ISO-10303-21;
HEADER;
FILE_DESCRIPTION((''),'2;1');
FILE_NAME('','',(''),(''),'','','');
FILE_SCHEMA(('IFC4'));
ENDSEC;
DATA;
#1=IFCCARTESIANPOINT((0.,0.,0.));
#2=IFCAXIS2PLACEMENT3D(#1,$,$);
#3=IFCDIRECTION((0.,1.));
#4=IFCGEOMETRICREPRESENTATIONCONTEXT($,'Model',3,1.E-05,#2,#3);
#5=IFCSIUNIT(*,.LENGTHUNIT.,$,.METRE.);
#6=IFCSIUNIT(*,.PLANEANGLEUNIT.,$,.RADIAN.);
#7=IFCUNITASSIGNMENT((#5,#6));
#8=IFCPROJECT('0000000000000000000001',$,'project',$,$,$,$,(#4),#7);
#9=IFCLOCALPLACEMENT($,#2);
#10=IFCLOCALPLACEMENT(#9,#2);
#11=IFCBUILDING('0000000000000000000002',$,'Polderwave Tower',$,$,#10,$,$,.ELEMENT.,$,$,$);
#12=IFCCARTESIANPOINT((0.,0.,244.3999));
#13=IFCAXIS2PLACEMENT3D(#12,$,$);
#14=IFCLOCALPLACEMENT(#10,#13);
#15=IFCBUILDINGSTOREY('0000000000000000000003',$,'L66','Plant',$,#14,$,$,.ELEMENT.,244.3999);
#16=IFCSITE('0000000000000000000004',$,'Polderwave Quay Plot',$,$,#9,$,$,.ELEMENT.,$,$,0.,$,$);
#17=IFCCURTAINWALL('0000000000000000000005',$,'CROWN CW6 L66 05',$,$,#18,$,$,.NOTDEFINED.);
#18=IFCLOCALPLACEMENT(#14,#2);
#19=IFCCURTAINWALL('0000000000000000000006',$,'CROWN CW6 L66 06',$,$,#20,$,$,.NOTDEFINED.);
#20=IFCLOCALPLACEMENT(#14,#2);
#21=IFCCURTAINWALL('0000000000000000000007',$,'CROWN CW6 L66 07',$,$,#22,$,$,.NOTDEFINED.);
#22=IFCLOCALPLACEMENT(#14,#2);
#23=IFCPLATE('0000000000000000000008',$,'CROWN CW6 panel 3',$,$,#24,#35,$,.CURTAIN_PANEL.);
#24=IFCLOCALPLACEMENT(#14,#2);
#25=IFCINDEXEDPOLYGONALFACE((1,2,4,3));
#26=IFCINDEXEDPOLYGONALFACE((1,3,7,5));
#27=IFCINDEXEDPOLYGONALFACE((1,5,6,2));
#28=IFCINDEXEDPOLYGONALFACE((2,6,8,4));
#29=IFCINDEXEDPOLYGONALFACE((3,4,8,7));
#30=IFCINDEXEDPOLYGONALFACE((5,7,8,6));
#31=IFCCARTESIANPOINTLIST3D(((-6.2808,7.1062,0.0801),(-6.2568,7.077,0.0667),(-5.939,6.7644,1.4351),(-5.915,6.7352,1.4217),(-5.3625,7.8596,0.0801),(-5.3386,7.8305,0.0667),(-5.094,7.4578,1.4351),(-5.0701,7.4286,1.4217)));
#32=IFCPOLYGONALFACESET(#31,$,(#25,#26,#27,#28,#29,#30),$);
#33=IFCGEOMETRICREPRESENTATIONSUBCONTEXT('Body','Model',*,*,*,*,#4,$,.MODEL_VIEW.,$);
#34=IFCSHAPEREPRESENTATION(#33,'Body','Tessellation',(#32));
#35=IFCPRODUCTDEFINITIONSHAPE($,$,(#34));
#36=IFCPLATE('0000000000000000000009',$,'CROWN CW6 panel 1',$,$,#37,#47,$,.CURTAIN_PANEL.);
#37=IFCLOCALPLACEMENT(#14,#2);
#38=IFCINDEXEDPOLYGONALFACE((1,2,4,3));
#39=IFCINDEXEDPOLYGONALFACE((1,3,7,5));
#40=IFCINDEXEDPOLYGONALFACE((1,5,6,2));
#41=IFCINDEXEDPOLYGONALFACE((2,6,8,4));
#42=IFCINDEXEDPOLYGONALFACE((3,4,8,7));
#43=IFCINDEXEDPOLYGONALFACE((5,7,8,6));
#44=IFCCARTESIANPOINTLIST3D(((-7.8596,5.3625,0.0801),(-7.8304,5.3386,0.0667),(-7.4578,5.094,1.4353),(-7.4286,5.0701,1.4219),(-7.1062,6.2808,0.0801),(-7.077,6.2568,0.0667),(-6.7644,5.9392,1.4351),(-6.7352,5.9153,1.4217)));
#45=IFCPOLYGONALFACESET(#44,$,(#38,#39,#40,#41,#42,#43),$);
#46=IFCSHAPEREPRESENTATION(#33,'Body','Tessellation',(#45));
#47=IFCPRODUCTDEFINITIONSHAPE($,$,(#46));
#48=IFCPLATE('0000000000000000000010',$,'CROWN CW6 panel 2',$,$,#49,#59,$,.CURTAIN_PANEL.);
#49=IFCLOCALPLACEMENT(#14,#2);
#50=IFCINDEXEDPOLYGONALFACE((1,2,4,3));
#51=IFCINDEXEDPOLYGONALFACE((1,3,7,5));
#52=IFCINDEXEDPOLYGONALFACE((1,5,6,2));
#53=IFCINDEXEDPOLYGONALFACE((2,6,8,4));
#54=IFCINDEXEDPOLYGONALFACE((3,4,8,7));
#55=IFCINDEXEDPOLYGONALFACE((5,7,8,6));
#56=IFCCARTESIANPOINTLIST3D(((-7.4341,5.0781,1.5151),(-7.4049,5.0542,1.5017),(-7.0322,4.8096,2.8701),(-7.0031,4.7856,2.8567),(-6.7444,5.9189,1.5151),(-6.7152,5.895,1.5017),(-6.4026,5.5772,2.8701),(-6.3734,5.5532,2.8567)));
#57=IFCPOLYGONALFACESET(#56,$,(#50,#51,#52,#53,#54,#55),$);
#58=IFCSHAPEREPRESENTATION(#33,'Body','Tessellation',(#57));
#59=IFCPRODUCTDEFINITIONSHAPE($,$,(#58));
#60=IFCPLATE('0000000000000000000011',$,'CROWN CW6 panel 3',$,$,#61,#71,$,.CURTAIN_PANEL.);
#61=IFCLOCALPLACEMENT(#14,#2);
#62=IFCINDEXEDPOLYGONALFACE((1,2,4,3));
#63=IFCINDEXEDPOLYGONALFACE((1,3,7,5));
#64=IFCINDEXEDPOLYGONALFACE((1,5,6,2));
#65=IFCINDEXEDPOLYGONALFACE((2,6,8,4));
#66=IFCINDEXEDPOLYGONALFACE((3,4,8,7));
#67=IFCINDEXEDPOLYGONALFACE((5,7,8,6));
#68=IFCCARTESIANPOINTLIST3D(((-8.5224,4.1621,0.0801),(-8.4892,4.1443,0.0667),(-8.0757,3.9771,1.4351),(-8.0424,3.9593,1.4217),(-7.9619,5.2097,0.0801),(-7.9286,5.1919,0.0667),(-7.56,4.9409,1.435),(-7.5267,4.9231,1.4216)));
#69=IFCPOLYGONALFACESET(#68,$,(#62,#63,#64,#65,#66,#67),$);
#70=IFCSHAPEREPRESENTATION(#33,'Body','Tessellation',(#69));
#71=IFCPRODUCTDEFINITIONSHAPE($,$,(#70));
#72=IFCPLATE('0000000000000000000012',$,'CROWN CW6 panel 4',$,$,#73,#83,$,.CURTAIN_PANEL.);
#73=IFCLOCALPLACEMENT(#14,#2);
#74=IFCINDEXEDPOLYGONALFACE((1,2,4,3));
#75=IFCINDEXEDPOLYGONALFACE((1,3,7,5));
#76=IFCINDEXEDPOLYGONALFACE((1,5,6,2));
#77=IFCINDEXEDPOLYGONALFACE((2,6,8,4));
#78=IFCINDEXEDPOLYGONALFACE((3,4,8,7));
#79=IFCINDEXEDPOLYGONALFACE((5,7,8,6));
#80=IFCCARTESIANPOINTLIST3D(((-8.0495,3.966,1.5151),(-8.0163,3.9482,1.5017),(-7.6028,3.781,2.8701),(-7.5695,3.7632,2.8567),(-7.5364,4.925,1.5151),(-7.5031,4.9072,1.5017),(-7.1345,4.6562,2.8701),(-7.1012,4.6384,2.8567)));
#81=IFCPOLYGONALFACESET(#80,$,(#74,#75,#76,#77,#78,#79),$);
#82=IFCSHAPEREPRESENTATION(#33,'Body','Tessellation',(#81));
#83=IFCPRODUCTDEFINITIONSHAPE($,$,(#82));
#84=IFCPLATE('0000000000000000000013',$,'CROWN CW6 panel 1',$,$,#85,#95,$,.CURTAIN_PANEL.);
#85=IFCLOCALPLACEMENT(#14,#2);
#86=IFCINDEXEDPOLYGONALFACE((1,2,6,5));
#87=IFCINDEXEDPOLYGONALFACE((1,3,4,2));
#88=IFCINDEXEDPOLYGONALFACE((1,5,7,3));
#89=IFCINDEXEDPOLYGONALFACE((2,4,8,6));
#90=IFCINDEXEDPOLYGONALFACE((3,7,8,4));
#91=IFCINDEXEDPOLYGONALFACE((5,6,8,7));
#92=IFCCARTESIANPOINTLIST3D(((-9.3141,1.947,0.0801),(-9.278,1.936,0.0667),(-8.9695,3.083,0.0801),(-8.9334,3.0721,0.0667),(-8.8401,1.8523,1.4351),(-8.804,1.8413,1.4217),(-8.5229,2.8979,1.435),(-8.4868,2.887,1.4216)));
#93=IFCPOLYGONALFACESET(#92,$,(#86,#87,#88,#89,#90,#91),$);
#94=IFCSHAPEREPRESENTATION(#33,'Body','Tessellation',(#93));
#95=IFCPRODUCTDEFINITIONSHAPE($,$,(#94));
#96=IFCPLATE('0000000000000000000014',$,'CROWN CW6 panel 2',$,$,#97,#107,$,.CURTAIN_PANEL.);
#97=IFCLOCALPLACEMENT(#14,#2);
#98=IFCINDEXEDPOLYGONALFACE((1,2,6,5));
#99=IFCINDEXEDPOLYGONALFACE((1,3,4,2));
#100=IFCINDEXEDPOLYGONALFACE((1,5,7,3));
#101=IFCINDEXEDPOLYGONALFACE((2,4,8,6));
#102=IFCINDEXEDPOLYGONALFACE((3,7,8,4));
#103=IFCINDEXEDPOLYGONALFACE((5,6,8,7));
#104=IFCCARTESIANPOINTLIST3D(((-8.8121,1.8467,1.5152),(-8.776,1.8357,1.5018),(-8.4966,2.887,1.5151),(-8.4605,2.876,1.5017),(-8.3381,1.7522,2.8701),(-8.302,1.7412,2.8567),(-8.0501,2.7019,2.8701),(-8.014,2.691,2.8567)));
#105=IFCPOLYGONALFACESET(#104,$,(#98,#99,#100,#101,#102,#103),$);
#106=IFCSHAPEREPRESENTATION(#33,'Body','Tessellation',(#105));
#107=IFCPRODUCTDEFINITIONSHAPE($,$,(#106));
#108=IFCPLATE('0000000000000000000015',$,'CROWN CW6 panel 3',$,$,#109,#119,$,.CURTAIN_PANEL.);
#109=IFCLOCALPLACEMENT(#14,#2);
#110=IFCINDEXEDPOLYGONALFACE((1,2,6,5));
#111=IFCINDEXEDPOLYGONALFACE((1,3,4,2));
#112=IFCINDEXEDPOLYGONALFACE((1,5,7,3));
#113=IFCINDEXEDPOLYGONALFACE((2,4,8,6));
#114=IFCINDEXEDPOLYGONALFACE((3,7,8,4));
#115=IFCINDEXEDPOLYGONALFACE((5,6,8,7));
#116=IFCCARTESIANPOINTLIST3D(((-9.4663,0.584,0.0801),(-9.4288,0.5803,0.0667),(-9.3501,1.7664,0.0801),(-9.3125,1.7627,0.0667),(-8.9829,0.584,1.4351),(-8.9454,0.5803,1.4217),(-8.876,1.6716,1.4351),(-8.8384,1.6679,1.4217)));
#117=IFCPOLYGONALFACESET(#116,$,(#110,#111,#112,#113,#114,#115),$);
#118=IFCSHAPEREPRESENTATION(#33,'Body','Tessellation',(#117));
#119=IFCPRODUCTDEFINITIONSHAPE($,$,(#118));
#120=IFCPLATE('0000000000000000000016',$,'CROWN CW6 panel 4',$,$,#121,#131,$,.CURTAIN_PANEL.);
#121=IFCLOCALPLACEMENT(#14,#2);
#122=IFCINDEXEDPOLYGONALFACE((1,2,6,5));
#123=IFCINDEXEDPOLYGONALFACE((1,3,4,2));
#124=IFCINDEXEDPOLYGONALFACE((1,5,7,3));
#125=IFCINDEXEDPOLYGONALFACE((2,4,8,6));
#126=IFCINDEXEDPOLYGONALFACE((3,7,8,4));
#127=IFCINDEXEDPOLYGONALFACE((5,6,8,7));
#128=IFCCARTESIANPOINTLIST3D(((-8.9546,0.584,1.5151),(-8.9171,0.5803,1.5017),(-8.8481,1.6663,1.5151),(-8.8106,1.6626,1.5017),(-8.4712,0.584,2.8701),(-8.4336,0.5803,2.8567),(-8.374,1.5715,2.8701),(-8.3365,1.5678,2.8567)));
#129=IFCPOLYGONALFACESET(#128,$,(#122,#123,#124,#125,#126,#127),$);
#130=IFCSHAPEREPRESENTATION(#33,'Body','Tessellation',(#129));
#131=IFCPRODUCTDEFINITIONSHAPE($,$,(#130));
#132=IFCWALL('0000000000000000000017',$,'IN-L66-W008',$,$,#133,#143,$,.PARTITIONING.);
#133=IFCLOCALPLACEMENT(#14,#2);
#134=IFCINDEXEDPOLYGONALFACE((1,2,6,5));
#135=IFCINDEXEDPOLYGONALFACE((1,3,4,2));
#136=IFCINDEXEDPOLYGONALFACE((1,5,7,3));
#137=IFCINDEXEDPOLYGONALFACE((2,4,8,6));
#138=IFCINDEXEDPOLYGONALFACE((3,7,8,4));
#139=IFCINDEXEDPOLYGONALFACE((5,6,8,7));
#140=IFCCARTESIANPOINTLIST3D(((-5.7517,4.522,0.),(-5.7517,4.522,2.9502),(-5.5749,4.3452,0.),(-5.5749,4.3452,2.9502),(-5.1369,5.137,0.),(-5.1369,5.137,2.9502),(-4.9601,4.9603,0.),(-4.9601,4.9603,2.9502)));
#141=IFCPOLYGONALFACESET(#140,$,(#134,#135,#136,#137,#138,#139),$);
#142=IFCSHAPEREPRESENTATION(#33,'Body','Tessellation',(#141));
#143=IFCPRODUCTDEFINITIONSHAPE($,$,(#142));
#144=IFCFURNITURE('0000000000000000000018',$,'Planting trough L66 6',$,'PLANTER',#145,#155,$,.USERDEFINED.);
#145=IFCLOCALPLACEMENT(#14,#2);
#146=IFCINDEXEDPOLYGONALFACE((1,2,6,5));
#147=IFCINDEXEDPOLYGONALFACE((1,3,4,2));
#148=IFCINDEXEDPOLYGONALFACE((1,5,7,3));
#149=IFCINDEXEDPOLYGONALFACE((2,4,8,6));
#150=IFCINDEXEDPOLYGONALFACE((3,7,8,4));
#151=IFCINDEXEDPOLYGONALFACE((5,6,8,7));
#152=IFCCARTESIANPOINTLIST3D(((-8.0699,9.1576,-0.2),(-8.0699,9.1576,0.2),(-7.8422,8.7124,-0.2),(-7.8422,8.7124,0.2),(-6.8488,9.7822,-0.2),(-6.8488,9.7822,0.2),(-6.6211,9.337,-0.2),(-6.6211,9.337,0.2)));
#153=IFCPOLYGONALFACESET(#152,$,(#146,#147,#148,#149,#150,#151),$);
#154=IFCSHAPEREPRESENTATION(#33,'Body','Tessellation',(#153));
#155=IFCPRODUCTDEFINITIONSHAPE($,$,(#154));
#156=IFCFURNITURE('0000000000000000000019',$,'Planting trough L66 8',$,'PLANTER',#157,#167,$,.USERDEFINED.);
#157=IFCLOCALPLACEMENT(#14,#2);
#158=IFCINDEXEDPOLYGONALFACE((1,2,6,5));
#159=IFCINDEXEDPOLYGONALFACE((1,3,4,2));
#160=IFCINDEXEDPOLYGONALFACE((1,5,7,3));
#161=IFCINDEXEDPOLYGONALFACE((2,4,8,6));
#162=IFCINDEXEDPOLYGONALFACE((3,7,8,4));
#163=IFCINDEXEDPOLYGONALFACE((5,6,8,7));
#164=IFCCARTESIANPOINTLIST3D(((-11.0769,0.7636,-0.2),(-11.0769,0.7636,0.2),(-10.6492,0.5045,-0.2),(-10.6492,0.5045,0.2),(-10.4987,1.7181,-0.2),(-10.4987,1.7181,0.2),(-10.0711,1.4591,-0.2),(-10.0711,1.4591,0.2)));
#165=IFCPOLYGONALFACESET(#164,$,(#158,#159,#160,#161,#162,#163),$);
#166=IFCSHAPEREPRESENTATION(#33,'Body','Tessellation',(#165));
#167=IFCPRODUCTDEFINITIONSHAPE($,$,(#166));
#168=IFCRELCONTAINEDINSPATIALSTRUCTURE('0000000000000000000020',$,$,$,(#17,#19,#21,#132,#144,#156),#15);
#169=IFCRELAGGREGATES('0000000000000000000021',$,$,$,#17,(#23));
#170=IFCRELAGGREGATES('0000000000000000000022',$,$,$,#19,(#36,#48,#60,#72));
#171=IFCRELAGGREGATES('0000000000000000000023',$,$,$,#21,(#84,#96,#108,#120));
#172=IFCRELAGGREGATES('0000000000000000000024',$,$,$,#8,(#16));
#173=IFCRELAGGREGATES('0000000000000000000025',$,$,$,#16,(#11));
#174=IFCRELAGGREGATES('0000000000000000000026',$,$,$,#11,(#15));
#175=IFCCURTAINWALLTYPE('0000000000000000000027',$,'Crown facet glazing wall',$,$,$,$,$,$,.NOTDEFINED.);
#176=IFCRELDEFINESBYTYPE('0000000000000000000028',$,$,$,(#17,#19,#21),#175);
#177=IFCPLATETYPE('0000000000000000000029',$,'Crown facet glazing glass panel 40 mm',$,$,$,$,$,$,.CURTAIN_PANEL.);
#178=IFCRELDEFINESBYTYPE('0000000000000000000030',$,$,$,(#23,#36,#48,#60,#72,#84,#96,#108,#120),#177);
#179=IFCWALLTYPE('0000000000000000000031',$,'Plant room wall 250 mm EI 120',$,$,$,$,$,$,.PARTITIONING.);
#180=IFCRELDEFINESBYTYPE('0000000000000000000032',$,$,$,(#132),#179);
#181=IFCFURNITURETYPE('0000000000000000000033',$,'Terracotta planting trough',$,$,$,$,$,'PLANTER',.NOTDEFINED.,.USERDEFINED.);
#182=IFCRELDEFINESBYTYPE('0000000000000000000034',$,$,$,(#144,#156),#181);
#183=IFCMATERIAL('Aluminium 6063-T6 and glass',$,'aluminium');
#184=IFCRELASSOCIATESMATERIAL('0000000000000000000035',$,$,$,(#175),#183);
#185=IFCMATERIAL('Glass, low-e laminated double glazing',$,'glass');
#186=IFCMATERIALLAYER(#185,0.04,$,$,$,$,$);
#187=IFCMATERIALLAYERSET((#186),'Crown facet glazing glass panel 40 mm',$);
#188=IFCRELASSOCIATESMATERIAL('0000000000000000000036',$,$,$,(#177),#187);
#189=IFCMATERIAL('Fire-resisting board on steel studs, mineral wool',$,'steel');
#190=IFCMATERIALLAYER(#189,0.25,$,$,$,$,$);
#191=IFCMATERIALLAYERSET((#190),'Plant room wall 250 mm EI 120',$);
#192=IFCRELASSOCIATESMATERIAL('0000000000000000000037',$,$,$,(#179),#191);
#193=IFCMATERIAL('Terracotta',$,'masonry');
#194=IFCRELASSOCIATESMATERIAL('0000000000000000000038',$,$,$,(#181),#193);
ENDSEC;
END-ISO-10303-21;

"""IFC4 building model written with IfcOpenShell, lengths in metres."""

from ifc_helpers import new_model, si_unit, direction, frame, frame_2d, origin, origin_2d, place, context, subcontext, project, spatial, polyline, rectangle, outline, extrude, material, layer, layer_set, type_object, element, aggregate, save


model = new_model("IFC4")

# Units and contexts
model_context = context("Model", 3, precision=1e-05, world=origin(), true_north=direction((0.0, 1.0)))
body_context = subcontext(model_context, "Body", "Model", "MODEL_VIEW")
ifc_project = project(units=[si_unit("LENGTHUNIT", "METRE"), si_unit("PLANEANGLEUNIT", "RADIAN")], contexts=[model_context])

# Site, building, storey
site_placement = place(None, origin())
site = spatial("IfcSite", under=ifc_project, at=site_placement, Name="Polderwave Quay Plot", CompositionType="ELEMENT", RefElevation=0.0)
building_placement = place(site_placement, origin())
building = spatial("IfcBuilding", under=site, at=building_placement, Name="Polderwave Tower", CompositionType="ELEMENT")
storey_placement = place(building_placement, frame((0.0, 0.0, 244.3999)))
storey = spatial("IfcBuildingStorey", under=building, at=storey_placement, Name="L66", Description="Plant", CompositionType="ELEMENT", Elevation=244.3999)

# Curtain walls
ifc_material_1 = material(Name="Aluminium 6063-T6 and glass", Category="aluminium")
curtain_wall_type = type_object("IfcCurtainWallType", Name="Crown facet glazing wall", PredefinedType="NOTDEFINED", material=ifc_material_1)
curtain_wall_1_placement = place(storey_placement, origin())
curtain_wall_1 = element("IfcCurtainWall", 1, at=curtain_wall_1_placement, inside=storey, type_object=curtain_wall_type, Name="CROWN CW6 L66 05", PredefinedType="NOTDEFINED")
curtain_wall_2_placement = place(storey_placement, origin())
curtain_wall_2 = element("IfcCurtainWall", 2, at=curtain_wall_2_placement, inside=storey, type_object=curtain_wall_type, Name="CROWN CW6 L66 06", PredefinedType="NOTDEFINED")
curtain_wall_3_placement = place(storey_placement, origin())
curtain_wall_3 = element("IfcCurtainWall", 3, at=curtain_wall_3_placement, inside=storey, type_object=curtain_wall_type, Name="CROWN CW6 L66 07", PredefinedType="NOTDEFINED")

# Plates
ifc_material_2 = material(Name="Glass, low-e laminated double glazing", Category="glass")
ifc_layer_1 = layer(ifc_material_2, 0.04)
ifc_layer_set_1 = layer_set([ifc_layer_1], Name="Crown facet glazing glass panel 40 mm")
plate_type = type_object("IfcPlateType", Name="Crown facet glazing glass panel 40 mm", PredefinedType="CURTAIN_PANEL", material=ifc_layer_set_1)
plate_1_placement = place(storey_placement, frame((-5.3625, 7.8596, 0.0801), z_axis=(-0.597781, 0.728515, 0.33455), x_axis=(-0.773061, -0.634332, -0.000004)))
plate_1 = element("IfcPlate", 4, at=plate_1_placement, type_object=plate_type, Name="CROWN CW6 panel 3", PredefinedType="CURTAIN_PANEL", context=body_context, shape_type="SweptSolid", body=[
    extrude(outline(polyline([(0.0, 0.0), (1.1878, 0.0), (1.1403, 1.4378), (0.0473, 1.4378), (0.0, 0.0)])), origin(), (0.0, 0.0, -1.0), 0.04),
])
aggregate(curtain_wall_1, [plate_1])
plate_2_placement = place(storey_placement, frame((-7.1062, 6.2808, 0.0801), z_axis=(-0.728553, 0.597776, 0.334476), x_axis=(-0.634311, -0.773078, -0.000005)))
plate_2 = element("IfcPlate", 5, at=plate_2_placement, type_object=plate_type, Name="CROWN CW6 panel 1", PredefinedType="CURTAIN_PANEL", context=body_context, shape_type="SweptSolid", body=[
    extrude(outline(polyline([(0.0, 0.0), (1.1878, 0.0), (1.1405, 1.4381), (0.0472, 1.4378), (0.0, 0.0)])), origin(), (0.0, 0.0, -1.0), 0.04),
])
plate_3_placement = place(storey_placement, frame((-6.7444, 5.9189, 1.5151), z_axis=(-0.728611, 0.597664, 0.33455), x_axis=(-0.634208, -0.773162, 0.000002)))
plate_3 = element("IfcPlate", 6, at=plate_3_placement, type_object=plate_type, Name="CROWN CW6 panel 2", PredefinedType="CURTAIN_PANEL", context=body_context, shape_type="SweptSolid", body=[
    extrude(outline(polyline([(0.0, 0.0), (1.0875, 0.0), (1.0403, 1.4378), (0.0475, 1.4378), (0.0, 0.0)])), origin(), (0.0, 0.0, -1.0), 0.04),
])
plate_4_placement = place(storey_placement, frame((-7.9619, 5.2097, 0.0801), z_axis=(-0.830898, 0.444544, 0.334649), x_axis=(-0.471748, -0.881734, -0.000014)))
plate_4 = element("IfcPlate", 7, at=plate_4_placement, type_object=plate_type, Name="CROWN CW6 panel 3", PredefinedType="CURTAIN_PANEL", context=body_context, shape_type="SweptSolid", body=[
    extrude(outline(polyline([(0.0, 0.0), (1.1881, 0.0), (1.1405, 1.4379), (0.0474, 1.4379), (0.0, 0.0)])), origin(), (0.0, 0.0, -1.0), 0.04),
])
plate_5_placement = place(storey_placement, frame((-7.5364, 4.925, 1.5151), z_axis=(-0.830878, 0.44458, 0.334649), x_axis=(-0.471786, -0.881713, -0.000015)))
plate_5 = element("IfcPlate", 8, at=plate_5_placement, type_object=plate_type, Name="CROWN CW6 panel 4", PredefinedType="CURTAIN_PANEL", context=body_context, shape_type="SweptSolid", body=[
    extrude(outline(polyline([(0.0, 0.0), (1.0877, 0.0), (1.04, 1.4379), (0.0474, 1.4379), (0.0, 0.0)])), origin(), (0.0, 0.0, -1.0), 0.04),
])
aggregate(curtain_wall_2, [plate_2, plate_3, plate_4, plate_5])
plate_6_placement = place(storey_placement, frame((-8.9695, 3.083, 0.0801), z_axis=(-0.901773, 0.273579, 0.334604), x_axis=(-0.290321, -0.956929, -0.000023)))
plate_6 = element("IfcPlate", 9, at=plate_6_placement, type_object=plate_type, Name="CROWN CW6 panel 1", PredefinedType="CURTAIN_PANEL", context=body_context, shape_type="SweptSolid", body=[
    extrude(outline(polyline([(0.0, 0.0), (1.1871, 0.0), (1.1401, 1.4379), (0.0474, 1.4378), (0.0, 0.0)])), origin(), (0.0, 0.0, -1.0), 0.04),
])
plate_7_placement = place(storey_placement, frame((-8.4966, 2.887, 1.5151), z_axis=(-0.901831, 0.273503, 0.33451), x_axis=(-0.290217, -0.956961, 0.000017)))
plate_7 = element("IfcPlate", 10, at=plate_7_placement, type_object=plate_type, Name="CROWN CW6 panel 2", PredefinedType="CURTAIN_PANEL", context=body_context, shape_type="SweptSolid", body=[
    extrude(outline(polyline([(0.0, 0.0), (1.0871, 0.0), (1.04, 1.4378), (0.0475, 1.4378), (0.0, 0.0)])), origin(), (0.0, 0.0, -1.0), 0.04),
])
plate_8_placement = place(storey_placement, frame((-9.3501, 1.7664, 0.0801), z_axis=(-0.937842, 0.092191, 0.334593), x_axis=(-0.097828, -0.995203, 0.000005)))
plate_8 = element("IfcPlate", 11, at=plate_8_placement, type_object=plate_type, Name="CROWN CW6 panel 3", PredefinedType="CURTAIN_PANEL", context=body_context, shape_type="SweptSolid", body=[
    extrude(outline(polyline([(0.0, 0.0), (1.1881, 0.0), (1.1408, 1.4378), (0.0479, 1.4379), (0.0, 0.0)])), origin(), (0.0, 0.0, -1.0), 0.04),
])
plate_9_placement = place(storey_placement, frame((-8.8481, 1.6663, 1.5151), z_axis=(-0.937836, 0.092257, 0.334593), x_axis=(-0.097898, -0.995196, 0.000006)))
plate_9 = element("IfcPlate", 12, at=plate_9_placement, type_object=plate_type, Name="CROWN CW6 panel 4", PredefinedType="CURTAIN_PANEL", context=body_context, shape_type="SweptSolid", body=[
    extrude(outline(polyline([(0.0, 0.0), (1.0875, 0.0), (1.0402, 1.4378), (0.0479, 1.4379), (0.0, 0.0)])), origin(), (0.0, 0.0, -1.0), 0.04),
])
aggregate(curtain_wall_3, [plate_6, plate_7, plate_8, plate_9])

# Wall
ifc_material_3 = material(Name="Fire-resisting board on steel studs, mineral wool", Category="steel")
ifc_layer_2 = layer(ifc_material_3, 0.25)
ifc_layer_set_2 = layer_set([ifc_layer_2], Name="Plant room wall 250 mm EI 120")
wall_type = type_object("IfcWallType", Name="Plant room wall 250 mm EI 120", PredefinedType="PARTITIONING", material=ifc_layer_set_2)
wall_placement = place(storey_placement, frame((-5.6633, 4.4336, 0.0), z_axis=(0.0, 0.0, 1.0), x_axis=(0.706966, 0.707247, 0.0)))
element("IfcWall", 13, at=wall_placement, inside=storey, type_object=wall_type, Name="IN-L66-W008", PredefinedType="PARTITIONING", context=body_context, shape_type="SweptSolid", body=[
    extrude(rectangle(XDim=0.8696, YDim=0.25, at=frame_2d((0.4348, 0.0))), origin(), (0.0, 0.0, 1.0), 2.9502),
])

# Furniture
ifc_material_4 = material(Name="Terracotta", Category="masonry")
furniture_type = type_object("IfcFurnitureType", Name="Terracotta planting trough", ElementType="PLANTER", AssemblyPlace="NOTDEFINED", PredefinedType="USERDEFINED", material=ifc_material_4)
furniture_1_placement = place(storey_placement, frame((-7.3455, 9.2473, -0.2), z_axis=(0.0, 0.0, 1.0), x_axis=(-0.890292, -0.45539, 0.0)))
element("IfcFurniture", 14, at=furniture_1_placement, inside=storey, type_object=furniture_type, Name="Planting trough L66 6", ObjectType="PLANTER", PredefinedType="USERDEFINED", context=body_context, shape_type="SweptSolid", body=[
    extrude(rectangle(XDim=1.3716, YDim=0.5, at=origin_2d()), origin(), (0.0, 0.0, 1.0), 0.3999),
])
furniture_2_placement = place(storey_placement, frame((-10.574, 1.1113, -0.2), z_axis=(0.0, 0.0, 1.0), x_axis=(-0.5181, -0.85532, 0.0)))
element("IfcFurniture", 15, at=furniture_2_placement, inside=storey, type_object=furniture_type, Name="Planting trough L66 8", ObjectType="PLANTER", PredefinedType="USERDEFINED", context=body_context, shape_type="SweptSolid", body=[
    extrude(rectangle(XDim=1.116, YDim=0.5, at=origin_2d()), origin(), (0.0, 0.0, 1.0), 0.3999),
])

save(model, "model.ifc")
